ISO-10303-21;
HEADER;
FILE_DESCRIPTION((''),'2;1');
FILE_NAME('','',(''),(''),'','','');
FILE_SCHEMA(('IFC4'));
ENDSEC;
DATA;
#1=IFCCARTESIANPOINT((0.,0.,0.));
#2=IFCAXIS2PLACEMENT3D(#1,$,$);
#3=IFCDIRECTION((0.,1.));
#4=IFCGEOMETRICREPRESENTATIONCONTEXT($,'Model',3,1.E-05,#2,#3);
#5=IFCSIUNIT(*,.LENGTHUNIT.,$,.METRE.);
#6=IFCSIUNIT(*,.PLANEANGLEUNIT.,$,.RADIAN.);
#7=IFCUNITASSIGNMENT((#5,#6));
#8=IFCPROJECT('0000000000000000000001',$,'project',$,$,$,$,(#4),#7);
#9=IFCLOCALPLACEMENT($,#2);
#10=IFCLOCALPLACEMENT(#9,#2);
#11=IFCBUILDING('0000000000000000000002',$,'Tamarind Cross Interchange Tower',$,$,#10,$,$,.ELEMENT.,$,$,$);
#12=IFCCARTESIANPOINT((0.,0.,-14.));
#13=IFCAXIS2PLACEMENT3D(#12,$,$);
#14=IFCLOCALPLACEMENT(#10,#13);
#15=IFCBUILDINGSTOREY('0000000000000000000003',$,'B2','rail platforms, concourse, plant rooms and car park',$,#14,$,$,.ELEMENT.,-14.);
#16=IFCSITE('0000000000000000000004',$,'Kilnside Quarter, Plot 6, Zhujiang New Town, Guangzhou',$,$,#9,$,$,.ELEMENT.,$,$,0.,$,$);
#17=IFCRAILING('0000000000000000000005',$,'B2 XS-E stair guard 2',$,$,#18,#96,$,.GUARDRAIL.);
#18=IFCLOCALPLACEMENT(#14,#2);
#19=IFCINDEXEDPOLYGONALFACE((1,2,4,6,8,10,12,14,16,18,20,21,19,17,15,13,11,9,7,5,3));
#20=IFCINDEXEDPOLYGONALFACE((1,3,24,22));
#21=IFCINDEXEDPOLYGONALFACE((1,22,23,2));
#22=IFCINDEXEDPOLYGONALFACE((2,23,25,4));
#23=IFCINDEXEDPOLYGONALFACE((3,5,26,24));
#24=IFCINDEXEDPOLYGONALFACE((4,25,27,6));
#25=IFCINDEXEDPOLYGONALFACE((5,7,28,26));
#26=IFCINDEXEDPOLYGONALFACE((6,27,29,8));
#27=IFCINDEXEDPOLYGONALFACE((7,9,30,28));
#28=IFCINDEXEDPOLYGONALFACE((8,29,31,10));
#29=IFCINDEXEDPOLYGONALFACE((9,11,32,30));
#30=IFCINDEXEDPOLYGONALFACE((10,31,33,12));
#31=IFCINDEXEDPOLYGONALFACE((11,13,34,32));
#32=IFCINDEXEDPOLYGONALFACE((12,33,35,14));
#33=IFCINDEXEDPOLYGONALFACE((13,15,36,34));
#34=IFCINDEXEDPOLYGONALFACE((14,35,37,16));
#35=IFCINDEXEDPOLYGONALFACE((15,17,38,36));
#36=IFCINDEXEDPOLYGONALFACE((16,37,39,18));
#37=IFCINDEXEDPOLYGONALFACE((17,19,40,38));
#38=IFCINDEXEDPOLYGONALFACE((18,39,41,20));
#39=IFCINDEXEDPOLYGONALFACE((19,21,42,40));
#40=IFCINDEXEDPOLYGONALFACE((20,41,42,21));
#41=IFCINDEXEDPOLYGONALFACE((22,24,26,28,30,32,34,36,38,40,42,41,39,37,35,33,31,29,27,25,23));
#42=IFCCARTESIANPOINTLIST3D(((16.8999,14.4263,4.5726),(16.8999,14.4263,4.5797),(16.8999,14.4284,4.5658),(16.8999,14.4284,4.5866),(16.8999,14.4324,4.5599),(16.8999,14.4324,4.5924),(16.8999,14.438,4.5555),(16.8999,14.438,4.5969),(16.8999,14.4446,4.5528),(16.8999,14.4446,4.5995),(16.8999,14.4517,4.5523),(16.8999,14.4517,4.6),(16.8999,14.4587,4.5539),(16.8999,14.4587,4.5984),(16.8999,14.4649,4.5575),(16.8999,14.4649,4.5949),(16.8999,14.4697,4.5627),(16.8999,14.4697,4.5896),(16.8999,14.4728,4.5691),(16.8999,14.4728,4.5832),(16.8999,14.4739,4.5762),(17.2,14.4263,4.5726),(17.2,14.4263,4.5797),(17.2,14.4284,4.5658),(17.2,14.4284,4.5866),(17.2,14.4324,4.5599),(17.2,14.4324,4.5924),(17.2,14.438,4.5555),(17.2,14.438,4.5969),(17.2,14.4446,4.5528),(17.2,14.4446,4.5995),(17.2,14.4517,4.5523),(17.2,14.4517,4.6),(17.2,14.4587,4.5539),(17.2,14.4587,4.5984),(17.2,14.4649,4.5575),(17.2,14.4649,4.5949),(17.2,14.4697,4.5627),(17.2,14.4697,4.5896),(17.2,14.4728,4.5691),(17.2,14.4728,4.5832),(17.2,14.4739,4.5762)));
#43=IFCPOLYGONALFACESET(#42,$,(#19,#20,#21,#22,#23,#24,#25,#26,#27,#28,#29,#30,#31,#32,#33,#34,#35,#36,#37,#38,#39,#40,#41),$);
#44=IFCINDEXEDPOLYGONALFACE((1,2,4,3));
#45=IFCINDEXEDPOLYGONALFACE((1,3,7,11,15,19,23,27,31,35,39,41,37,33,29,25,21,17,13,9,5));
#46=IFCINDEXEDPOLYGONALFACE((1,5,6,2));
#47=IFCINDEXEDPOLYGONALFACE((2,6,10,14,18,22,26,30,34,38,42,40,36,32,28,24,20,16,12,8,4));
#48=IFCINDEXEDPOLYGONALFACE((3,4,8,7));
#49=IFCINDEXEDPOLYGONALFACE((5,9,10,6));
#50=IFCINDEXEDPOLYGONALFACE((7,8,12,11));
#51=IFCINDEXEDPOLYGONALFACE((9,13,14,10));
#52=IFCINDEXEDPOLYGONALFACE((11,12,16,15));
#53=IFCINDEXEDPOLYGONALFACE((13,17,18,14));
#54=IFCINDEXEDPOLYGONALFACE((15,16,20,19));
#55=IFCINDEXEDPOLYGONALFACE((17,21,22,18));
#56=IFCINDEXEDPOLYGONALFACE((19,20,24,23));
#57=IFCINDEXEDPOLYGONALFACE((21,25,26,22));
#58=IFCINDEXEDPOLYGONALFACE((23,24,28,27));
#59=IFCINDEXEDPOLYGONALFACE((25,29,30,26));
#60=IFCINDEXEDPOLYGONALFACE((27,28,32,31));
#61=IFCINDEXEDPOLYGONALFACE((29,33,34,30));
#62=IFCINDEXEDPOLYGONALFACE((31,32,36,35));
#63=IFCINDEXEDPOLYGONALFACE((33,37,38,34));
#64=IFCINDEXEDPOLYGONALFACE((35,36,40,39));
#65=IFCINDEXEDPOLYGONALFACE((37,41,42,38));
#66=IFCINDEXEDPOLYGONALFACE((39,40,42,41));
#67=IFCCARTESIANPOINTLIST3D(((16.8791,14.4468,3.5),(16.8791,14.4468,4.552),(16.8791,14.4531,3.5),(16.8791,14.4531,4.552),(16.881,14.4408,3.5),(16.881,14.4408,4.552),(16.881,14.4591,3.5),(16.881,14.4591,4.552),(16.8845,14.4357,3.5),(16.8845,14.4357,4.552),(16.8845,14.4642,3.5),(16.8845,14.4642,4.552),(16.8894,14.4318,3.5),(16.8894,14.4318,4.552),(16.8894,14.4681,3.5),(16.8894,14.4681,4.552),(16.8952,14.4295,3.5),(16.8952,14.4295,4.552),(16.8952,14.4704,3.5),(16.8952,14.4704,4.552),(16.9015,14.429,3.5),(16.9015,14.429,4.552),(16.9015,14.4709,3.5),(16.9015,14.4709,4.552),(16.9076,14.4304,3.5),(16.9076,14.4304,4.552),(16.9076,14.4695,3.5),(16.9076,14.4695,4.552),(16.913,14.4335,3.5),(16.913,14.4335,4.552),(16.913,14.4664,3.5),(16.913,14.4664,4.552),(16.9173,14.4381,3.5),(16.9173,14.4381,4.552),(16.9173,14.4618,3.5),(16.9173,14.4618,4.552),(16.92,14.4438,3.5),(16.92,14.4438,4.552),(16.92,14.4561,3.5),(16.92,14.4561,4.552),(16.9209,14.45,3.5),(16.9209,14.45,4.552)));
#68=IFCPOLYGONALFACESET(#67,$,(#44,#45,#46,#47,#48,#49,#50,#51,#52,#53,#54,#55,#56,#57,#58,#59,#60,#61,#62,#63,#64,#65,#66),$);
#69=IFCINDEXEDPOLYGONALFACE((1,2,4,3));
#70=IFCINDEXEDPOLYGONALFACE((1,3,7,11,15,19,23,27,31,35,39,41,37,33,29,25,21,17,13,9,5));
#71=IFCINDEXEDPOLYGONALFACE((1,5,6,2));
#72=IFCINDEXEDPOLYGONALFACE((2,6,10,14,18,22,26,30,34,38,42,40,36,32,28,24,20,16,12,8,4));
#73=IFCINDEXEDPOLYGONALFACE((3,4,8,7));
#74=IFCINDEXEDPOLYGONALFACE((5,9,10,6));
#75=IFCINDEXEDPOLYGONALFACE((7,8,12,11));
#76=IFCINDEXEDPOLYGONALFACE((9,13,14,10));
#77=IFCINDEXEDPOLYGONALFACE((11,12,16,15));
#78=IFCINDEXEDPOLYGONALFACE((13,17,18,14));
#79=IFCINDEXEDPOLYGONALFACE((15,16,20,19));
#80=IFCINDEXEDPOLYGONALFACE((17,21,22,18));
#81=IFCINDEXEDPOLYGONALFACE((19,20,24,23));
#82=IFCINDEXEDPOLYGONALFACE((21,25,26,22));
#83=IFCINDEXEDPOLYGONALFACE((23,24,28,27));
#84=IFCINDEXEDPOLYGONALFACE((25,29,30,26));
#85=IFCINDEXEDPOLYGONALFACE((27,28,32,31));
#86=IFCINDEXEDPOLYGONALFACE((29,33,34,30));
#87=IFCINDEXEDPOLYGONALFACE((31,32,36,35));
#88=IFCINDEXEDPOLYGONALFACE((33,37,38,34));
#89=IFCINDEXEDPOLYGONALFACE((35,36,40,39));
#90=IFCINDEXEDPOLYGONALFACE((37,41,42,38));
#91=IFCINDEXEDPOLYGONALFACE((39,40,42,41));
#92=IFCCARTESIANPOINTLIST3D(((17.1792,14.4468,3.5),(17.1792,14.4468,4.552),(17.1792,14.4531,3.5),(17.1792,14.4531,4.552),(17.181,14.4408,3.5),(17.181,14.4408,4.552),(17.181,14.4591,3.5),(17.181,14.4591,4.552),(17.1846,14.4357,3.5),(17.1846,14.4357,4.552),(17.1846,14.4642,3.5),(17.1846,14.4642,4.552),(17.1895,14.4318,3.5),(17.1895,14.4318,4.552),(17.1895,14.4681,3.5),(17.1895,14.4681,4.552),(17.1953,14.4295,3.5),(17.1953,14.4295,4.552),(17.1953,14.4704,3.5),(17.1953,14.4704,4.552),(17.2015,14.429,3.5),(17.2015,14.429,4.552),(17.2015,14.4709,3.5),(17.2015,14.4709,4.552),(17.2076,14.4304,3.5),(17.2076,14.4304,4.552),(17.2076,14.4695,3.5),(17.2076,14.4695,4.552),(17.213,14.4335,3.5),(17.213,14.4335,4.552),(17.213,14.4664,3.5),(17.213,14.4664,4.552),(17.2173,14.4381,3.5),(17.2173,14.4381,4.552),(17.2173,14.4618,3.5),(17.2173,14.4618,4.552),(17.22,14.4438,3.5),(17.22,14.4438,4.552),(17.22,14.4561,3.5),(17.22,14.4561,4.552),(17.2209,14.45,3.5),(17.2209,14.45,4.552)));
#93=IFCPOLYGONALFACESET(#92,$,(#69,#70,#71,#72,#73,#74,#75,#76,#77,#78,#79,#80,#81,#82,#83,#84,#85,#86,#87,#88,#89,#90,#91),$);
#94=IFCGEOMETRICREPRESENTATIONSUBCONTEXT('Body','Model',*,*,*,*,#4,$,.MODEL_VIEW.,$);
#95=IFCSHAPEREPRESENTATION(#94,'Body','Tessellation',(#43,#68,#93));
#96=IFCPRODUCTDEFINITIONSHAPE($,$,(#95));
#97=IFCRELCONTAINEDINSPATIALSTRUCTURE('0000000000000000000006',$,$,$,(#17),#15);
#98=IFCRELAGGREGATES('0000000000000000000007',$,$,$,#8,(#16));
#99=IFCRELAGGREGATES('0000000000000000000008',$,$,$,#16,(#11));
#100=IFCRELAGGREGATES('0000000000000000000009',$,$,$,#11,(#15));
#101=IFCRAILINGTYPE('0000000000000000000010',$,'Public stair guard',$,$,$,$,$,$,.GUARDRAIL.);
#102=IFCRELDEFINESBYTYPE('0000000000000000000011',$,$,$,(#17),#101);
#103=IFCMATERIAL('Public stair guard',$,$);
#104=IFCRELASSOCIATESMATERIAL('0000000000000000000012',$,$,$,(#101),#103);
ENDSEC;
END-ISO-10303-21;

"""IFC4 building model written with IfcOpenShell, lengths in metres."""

from ifc_helpers import new_model, si_unit, direction, frame, origin, origin_2d, place, context, subcontext, project, spatial, circle, extrude, material, type_object, element, save


model = new_model("IFC4")

# Units and contexts
model_context = context("Model", 3, precision=1e-05, world=origin(), true_north=direction((0.0, 1.0)))
body_context = subcontext(model_context, "Body", "Model", "MODEL_VIEW")
ifc_project = project(units=[si_unit("LENGTHUNIT", "METRE"), si_unit("PLANEANGLEUNIT", "RADIAN")], contexts=[model_context])

# Site, building, storey
site_placement = place(None, origin())
site = spatial("IfcSite", under=ifc_project, at=site_placement, Name="Kilnside Quarter, Plot 6, Zhujiang New Town, Guangzhou", CompositionType="ELEMENT", RefElevation=0.0)
building_placement = place(site_placement, origin())
building = spatial("IfcBuilding", under=site, at=building_placement, Name="Tamarind Cross Interchange Tower", CompositionType="ELEMENT")
storey_placement = place(building_placement, frame((0.0, 0.0, -14.0)))
storey = spatial("IfcBuildingStorey", under=building, at=storey_placement, Name="B2", Description="rail platforms, concourse, plant rooms and car park", CompositionType="ELEMENT", Elevation=-14.0)

# Railing
ifc_material_1 = material(Name="Public stair guard")
railing_type_1 = type_object("IfcRailingType", Name="Public stair guard", PredefinedType="GUARDRAIL", material=ifc_material_1)
railing_1_placement = place(storey_placement, frame((16.8999, 14.45, 3.5)))
element("IfcRailing", 1, at=railing_1_placement, inside=storey, type_object=railing_type_1, Name="B2 XS-E stair guard 2", PredefinedType="GUARDRAIL", context=body_context, shape_type="SweptSolid", body=[
    extrude(circle(Radius=0.0239, at=origin_2d()), frame((0.0, 0.0, 1.0762), z_axis=(1.0, 0.0, 0.0), x_axis=(0.0, 1.0, 0.0)), (0.0, 0.0, 1.0), 0.3),
    extrude(circle(Radius=0.021, at=origin_2d()), origin(), (0.0, 0.0, 1.0), 1.052),
    extrude(circle(Radius=0.021, at=origin_2d()), frame((0.3, 0.0, 0.0)), (0.0, 0.0, 1.0), 1.052),
])

save(model, "model.ifc")
